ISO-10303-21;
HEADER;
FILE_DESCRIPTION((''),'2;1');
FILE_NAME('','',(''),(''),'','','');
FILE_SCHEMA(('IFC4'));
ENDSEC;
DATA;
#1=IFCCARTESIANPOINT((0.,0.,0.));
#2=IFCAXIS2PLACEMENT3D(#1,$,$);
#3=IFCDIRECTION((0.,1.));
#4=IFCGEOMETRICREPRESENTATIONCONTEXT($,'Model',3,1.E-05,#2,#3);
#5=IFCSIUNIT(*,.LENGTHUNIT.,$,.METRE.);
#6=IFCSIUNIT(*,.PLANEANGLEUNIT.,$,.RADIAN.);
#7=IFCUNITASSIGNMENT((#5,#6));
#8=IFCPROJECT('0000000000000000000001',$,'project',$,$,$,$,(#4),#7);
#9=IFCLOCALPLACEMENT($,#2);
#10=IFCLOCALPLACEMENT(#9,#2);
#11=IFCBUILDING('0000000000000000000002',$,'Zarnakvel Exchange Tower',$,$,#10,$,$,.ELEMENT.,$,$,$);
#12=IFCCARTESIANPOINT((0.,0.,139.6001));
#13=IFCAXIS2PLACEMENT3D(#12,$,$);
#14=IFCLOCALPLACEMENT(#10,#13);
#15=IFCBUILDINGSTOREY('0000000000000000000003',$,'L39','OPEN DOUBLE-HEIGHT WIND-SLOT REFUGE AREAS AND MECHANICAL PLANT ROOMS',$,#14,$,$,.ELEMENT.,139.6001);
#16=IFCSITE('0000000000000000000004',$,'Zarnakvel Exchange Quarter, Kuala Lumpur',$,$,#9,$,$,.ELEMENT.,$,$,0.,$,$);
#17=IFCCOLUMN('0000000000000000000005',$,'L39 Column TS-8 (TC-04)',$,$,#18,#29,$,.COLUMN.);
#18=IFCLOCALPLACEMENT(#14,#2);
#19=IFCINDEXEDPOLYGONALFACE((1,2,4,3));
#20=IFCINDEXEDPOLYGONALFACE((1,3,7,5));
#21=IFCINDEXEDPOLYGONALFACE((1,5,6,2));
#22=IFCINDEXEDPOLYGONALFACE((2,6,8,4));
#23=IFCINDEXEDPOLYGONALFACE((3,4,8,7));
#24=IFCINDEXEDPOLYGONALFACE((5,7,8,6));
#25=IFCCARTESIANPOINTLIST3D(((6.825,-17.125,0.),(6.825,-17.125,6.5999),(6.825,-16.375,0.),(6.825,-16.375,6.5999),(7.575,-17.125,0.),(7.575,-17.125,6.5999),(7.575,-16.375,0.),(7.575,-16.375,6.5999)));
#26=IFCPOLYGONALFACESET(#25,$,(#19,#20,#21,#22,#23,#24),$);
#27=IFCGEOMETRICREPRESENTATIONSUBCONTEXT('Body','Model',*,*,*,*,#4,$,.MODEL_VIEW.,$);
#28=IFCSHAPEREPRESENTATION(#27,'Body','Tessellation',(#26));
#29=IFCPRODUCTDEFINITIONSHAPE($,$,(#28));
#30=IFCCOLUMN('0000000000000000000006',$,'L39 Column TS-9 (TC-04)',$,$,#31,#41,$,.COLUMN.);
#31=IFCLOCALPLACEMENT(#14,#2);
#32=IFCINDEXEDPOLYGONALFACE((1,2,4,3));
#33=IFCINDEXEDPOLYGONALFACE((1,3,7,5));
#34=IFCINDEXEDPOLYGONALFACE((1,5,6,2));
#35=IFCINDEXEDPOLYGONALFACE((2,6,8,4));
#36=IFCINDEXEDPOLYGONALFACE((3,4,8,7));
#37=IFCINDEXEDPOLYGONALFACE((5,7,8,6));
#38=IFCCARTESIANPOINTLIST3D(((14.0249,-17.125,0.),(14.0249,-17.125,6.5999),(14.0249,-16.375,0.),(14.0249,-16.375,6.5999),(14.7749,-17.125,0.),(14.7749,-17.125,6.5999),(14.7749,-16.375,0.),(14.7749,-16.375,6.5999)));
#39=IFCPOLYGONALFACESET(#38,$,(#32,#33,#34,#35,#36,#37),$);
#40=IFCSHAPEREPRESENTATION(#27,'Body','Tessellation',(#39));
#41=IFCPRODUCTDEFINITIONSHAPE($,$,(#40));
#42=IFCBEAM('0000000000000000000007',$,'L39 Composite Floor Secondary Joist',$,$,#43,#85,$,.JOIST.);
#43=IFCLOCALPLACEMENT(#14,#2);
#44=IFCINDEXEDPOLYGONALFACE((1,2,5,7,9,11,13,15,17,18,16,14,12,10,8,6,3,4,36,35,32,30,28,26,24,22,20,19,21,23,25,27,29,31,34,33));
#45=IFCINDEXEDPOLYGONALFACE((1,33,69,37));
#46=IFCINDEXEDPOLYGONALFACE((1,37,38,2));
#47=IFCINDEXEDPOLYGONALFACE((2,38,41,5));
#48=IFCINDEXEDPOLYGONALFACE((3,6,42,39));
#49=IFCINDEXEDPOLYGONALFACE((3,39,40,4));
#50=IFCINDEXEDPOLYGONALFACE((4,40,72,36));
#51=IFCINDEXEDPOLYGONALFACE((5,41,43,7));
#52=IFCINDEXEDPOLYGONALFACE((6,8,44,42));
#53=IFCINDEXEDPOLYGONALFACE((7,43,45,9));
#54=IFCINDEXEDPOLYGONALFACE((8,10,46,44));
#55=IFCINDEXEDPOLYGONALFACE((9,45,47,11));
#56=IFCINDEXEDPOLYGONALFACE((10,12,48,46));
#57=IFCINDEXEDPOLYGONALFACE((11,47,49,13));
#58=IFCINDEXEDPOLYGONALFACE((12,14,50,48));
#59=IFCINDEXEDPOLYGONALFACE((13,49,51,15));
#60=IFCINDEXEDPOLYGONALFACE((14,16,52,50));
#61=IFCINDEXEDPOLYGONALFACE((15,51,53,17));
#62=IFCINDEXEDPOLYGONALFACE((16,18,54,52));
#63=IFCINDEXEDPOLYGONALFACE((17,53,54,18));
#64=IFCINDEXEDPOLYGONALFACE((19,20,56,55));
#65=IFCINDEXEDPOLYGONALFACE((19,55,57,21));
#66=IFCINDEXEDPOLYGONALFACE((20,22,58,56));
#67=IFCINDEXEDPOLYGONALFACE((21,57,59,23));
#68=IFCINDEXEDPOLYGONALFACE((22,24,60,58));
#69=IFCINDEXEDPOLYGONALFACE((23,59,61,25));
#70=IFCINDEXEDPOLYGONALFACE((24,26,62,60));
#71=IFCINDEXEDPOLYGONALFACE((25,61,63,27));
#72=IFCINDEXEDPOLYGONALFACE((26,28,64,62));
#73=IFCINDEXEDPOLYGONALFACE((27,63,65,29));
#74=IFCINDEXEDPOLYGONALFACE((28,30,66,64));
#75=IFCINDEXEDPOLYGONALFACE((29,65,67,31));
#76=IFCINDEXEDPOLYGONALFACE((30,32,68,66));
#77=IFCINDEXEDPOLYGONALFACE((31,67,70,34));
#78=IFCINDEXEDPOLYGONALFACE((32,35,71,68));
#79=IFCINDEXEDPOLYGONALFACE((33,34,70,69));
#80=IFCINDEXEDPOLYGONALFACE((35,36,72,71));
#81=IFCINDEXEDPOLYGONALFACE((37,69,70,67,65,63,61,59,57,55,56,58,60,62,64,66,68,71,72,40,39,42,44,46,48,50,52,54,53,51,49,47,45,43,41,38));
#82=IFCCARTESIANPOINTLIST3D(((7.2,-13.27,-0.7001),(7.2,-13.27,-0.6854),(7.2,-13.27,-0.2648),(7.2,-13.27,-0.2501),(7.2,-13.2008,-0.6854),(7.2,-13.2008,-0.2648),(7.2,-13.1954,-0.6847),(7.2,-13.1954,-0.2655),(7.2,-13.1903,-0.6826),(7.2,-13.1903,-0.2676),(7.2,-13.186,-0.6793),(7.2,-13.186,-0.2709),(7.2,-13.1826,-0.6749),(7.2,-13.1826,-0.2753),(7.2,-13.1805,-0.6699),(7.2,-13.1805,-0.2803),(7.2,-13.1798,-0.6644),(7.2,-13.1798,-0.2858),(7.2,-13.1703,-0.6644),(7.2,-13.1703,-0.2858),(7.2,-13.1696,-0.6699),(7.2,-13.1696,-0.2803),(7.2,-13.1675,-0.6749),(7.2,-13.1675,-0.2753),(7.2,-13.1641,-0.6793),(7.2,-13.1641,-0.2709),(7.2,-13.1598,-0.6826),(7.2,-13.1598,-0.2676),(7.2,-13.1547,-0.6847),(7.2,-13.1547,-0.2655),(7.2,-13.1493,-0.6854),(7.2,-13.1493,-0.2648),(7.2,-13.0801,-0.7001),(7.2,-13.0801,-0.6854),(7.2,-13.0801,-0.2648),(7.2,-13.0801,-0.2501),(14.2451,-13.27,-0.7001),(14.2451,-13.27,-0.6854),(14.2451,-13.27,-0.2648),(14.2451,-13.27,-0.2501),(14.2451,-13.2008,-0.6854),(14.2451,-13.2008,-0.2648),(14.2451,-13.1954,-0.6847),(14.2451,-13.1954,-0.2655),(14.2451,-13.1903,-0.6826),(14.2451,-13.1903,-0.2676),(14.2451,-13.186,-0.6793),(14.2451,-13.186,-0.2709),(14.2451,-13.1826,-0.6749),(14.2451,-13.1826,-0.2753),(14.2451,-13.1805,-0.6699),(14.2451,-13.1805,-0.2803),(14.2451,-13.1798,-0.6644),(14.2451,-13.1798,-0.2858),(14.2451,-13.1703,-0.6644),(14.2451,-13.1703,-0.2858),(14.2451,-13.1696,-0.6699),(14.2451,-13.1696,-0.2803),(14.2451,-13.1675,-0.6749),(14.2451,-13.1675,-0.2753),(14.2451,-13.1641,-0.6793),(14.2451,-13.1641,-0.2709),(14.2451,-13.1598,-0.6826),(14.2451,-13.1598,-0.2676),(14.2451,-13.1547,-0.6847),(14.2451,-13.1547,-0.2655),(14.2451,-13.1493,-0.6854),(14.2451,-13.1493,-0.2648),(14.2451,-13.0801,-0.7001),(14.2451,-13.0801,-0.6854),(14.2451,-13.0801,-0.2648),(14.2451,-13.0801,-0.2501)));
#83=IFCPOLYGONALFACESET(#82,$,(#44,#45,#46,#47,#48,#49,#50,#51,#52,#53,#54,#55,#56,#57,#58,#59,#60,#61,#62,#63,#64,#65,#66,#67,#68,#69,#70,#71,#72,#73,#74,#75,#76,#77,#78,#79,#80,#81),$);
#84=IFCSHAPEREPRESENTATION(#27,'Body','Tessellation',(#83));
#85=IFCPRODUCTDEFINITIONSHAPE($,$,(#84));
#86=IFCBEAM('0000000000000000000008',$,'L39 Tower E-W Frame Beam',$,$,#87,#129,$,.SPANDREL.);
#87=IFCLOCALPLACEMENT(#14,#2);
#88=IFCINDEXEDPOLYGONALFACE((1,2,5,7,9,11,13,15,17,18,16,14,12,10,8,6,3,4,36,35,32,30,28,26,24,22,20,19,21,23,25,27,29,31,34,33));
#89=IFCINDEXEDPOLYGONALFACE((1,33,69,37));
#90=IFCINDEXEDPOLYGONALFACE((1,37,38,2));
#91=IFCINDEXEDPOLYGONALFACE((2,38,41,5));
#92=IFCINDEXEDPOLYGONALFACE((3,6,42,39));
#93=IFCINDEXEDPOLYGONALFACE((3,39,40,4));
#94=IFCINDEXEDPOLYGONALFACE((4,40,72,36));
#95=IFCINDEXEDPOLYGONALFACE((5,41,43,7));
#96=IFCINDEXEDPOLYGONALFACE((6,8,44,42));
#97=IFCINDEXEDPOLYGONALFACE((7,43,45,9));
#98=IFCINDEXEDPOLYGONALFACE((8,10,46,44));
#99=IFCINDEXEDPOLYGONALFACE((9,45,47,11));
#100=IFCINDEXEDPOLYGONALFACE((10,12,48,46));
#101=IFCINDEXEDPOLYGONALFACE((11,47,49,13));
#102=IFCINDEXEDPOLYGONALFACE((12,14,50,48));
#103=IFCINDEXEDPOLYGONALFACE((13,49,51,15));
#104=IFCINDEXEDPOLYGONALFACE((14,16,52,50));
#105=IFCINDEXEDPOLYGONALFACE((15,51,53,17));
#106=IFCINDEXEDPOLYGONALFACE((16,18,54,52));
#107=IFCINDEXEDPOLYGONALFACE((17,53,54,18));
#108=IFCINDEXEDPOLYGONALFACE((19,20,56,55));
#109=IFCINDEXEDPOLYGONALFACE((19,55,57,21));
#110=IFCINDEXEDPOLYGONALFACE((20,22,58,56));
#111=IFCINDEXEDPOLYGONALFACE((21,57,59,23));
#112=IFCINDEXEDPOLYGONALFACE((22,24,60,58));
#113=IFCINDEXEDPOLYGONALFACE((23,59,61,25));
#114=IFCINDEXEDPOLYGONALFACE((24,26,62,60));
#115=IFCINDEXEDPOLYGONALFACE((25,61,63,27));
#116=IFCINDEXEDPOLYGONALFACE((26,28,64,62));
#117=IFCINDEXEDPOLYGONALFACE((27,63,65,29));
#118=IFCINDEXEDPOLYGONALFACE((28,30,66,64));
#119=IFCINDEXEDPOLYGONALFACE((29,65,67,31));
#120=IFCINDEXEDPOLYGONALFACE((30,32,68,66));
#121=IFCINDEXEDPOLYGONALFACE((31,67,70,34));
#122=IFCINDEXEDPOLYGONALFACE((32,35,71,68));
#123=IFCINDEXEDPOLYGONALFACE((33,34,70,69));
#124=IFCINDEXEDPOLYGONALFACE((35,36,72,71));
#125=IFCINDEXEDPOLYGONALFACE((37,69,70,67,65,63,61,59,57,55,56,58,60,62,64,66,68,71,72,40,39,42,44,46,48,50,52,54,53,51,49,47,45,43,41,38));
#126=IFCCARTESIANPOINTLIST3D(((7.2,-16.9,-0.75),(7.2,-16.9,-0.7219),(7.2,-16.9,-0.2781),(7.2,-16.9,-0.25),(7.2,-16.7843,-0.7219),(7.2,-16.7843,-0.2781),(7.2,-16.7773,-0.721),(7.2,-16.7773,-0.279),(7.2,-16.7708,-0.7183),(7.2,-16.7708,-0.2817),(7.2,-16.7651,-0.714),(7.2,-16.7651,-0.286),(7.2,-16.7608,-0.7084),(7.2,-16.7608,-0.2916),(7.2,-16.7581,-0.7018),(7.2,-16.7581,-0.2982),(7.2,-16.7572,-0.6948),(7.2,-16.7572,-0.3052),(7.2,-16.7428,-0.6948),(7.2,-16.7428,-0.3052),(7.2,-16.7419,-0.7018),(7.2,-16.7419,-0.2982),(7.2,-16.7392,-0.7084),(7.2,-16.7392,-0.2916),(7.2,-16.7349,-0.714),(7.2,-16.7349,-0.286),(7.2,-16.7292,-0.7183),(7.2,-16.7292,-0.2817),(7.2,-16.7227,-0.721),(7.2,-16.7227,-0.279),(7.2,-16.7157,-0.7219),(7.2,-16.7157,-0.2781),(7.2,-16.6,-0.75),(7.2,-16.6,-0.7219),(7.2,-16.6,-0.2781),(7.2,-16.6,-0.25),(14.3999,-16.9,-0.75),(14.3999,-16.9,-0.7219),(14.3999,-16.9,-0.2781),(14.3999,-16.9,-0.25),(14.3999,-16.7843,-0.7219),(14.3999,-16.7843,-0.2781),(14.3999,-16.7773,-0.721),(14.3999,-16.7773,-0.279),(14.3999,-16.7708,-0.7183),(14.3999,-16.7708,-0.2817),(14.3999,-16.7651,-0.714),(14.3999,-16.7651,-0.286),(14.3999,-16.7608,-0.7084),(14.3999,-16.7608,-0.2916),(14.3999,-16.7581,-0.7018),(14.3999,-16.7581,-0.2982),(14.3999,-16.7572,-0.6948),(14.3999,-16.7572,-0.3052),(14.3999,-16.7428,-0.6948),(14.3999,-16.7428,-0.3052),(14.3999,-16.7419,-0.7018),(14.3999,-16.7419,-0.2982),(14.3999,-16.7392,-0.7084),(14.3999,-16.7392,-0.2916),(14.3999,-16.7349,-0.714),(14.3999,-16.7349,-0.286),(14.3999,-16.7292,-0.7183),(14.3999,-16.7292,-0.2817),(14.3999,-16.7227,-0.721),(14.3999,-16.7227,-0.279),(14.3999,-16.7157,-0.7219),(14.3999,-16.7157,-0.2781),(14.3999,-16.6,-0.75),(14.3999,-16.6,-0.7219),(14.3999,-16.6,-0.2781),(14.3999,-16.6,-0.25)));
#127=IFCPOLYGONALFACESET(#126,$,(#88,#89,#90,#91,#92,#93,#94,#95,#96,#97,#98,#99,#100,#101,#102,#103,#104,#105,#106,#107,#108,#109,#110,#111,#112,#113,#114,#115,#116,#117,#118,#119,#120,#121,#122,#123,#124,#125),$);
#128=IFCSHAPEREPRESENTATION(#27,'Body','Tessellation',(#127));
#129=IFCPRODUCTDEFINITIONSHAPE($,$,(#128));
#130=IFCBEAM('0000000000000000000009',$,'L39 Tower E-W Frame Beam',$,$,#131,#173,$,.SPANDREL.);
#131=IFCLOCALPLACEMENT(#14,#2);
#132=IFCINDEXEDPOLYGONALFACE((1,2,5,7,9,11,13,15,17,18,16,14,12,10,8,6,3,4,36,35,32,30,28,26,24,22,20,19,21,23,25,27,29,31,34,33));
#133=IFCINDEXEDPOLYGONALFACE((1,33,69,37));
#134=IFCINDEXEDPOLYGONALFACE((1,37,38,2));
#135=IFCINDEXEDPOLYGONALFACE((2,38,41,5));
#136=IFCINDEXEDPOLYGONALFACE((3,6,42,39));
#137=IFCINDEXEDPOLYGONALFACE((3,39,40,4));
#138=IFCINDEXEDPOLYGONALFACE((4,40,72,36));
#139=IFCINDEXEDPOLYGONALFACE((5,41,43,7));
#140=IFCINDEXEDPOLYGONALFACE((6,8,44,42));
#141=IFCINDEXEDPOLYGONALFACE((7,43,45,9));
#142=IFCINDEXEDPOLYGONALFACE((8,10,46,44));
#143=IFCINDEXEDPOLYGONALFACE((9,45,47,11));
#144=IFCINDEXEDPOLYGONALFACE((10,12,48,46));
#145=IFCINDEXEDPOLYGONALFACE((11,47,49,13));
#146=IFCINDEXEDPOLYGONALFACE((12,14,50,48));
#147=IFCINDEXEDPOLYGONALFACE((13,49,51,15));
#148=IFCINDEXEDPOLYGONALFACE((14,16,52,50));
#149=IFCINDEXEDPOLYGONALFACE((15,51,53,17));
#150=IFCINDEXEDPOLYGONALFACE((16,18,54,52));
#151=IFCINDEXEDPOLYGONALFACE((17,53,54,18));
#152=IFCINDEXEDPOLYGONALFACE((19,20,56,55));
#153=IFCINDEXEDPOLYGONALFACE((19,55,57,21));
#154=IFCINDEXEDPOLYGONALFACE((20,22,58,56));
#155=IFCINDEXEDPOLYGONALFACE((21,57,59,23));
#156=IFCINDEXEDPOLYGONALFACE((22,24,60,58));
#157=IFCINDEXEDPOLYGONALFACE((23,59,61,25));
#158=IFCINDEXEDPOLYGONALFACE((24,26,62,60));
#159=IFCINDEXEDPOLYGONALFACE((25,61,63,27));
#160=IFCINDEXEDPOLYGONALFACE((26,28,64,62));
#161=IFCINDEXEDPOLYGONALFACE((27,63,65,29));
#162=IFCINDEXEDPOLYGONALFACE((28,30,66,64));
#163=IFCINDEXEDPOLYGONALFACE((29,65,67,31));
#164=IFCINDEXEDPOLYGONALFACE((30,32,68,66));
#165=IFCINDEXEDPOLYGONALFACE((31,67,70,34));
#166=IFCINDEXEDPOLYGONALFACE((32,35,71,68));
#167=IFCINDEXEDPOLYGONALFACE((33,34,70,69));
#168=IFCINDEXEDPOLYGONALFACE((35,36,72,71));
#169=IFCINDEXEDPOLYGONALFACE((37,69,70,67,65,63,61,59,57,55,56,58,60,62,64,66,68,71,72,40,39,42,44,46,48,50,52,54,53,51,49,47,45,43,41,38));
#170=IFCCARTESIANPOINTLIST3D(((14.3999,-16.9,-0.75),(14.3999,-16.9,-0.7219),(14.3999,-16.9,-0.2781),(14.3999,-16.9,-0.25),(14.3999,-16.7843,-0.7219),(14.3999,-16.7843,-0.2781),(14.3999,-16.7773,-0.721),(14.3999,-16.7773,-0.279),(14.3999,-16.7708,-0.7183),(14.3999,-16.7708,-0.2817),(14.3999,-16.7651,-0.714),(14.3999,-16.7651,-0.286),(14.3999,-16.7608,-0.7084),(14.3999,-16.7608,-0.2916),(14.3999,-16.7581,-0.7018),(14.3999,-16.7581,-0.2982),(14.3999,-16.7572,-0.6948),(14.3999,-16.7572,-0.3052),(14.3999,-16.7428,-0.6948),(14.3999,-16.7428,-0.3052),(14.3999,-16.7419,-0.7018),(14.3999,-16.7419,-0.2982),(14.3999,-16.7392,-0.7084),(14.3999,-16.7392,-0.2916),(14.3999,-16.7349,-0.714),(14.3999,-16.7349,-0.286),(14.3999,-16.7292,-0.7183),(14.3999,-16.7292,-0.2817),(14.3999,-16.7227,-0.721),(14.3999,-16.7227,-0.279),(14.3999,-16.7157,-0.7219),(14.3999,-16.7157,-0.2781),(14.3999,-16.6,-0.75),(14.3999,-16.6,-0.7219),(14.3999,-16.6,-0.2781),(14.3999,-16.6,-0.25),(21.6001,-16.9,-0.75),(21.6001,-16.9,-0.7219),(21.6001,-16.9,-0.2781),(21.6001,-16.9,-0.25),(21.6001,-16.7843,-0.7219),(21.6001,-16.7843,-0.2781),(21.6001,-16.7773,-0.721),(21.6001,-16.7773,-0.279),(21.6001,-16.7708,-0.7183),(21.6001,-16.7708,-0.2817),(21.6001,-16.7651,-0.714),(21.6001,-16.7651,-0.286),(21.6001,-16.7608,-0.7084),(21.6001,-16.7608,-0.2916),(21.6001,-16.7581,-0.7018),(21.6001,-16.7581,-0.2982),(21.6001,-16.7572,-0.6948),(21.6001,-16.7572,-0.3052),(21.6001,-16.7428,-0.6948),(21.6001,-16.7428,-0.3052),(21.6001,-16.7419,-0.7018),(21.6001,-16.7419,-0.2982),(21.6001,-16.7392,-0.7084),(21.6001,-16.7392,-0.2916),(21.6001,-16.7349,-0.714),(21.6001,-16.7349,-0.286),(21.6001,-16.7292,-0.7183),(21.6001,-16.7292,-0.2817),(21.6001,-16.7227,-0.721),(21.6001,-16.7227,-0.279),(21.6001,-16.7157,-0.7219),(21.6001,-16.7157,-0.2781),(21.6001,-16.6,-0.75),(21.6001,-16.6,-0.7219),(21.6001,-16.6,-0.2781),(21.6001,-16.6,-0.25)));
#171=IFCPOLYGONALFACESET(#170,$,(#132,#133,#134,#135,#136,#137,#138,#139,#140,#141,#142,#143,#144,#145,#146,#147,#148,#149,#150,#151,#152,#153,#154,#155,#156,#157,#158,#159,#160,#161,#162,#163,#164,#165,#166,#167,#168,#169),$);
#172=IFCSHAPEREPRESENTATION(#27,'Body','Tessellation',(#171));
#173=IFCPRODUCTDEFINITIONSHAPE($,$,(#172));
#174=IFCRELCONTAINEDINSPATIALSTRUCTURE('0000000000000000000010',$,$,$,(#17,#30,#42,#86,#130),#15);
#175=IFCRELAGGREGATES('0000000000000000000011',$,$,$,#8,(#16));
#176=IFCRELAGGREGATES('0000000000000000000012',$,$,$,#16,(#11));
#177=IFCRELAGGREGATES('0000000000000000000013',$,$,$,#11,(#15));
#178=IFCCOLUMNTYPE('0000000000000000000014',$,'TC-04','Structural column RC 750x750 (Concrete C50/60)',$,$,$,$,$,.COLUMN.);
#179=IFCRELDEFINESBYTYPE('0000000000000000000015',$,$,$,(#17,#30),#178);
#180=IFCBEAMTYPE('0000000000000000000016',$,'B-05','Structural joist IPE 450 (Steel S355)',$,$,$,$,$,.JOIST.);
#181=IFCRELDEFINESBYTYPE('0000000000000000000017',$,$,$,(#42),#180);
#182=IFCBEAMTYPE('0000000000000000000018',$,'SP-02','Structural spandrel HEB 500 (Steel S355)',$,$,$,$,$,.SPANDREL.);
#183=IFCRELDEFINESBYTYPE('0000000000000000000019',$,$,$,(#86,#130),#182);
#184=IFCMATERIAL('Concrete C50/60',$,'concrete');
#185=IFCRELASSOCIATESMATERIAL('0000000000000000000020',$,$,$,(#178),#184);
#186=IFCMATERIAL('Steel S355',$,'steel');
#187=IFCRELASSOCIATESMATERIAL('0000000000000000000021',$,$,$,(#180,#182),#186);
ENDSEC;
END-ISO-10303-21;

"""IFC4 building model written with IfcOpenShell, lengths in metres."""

from ifc_helpers import new_model, si_unit, direction, frame, origin, origin_2d, place, context, subcontext, project, spatial, rectangle, i_section, extrude, material, material_profile, profile_set, type_object, element, save


model = new_model("IFC4")

# Units and contexts
model_context = context("Model", 3, precision=1e-05, world=origin(), true_north=direction((0.0, 1.0)))
body_context = subcontext(model_context, "Body", "Model", "MODEL_VIEW")
ifc_project = project(units=[si_unit("LENGTHUNIT", "METRE"), si_unit("PLANEANGLEUNIT", "RADIAN")], contexts=[model_context])

# Site, building, storey
site_placement = place(None, origin())
site = spatial("IfcSite", under=ifc_project, at=site_placement, Name="Zarnakvel Exchange Quarter, Kuala Lumpur", CompositionType="ELEMENT", RefElevation=0.0)
building_placement = place(site_placement, origin())
building = spatial("IfcBuilding", under=site, at=building_placement, Name="Zarnakvel Exchange Tower", CompositionType="ELEMENT")
storey_placement = place(building_placement, frame((0.0, 0.0, 139.6001)))
storey = spatial("IfcBuildingStorey", under=building, at=storey_placement, Name="L39", Description="OPEN DOUBLE-HEIGHT WIND-SLOT REFUGE AREAS AND MECHANICAL PLANT ROOMS", CompositionType="ELEMENT", Elevation=139.6001)

# Columns
ifc_material_1 = material(Name="Concrete C50/60", Category="concrete")
ifc_material_profile_1 = material_profile(ifc_material_1, rectangle(XDim=0.75, YDim=0.75, at=origin_2d()))
ifc_profile_set_1 = profile_set([ifc_material_profile_1], Name="Concrete C50/60")
column_type = type_object("IfcColumnType", Name="TC-04", Description="Structural column RC 750x750 (Concrete C50/60)", PredefinedType="COLUMN", material=ifc_profile_set_1)
for number, where, z_axis, x_axis, name in (
    (1, (7.2, -16.75, 0.0), (0.0, 0.0, 1.0), (1.0, 0.0, 0.0), "L39 Column TS-8 (TC-04)"),
    (2, (14.3999, -16.75, 0.0), (0.0, 0.0, 1.0), (1.0, 0.0, 0.0), "L39 Column TS-9 (TC-04)"),
):
    element("IfcColumn", number, at=place(storey_placement, frame(where, z_axis=z_axis, x_axis=x_axis)), inside=storey, type_object=column_type, Name=name, PredefinedType="COLUMN", context=body_context, shape_type="SweptSolid", body=[
        extrude(rectangle(XDim=0.75, YDim=0.75, at=origin_2d()), origin(), (0.0, 0.0, 1.0), 6.5999),
    ])

# Beams
ifc_material_2 = material(Name="Steel S355", Category="steel")
ifc_material_profile_2 = material_profile(ifc_material_2, i_section(OverallWidth=0.1899, OverallDepth=0.45, WebThickness=0.0095, FlangeThickness=0.0146, FilletRadius=0.021, at=origin_2d()))
ifc_profile_set_2 = profile_set([ifc_material_profile_2], Name="Steel S355")
beam_type_1 = type_object("IfcBeamType", Name="B-05", Description="Structural joist IPE 450 (Steel S355)", PredefinedType="JOIST", material=ifc_profile_set_2)
beam_1_placement = place(storey_placement, frame((7.2, -13.175, -0.4751), z_axis=(1.0, 0.0, 0.0), x_axis=(0.0, 1.0, 0.0)))
element("IfcBeam", 3, at=beam_1_placement, inside=storey, type_object=beam_type_1, Name="L39 Composite Floor Secondary Joist", PredefinedType="JOIST", context=body_context, shape_type="SweptSolid", body=[
    extrude(i_section(OverallWidth=0.1899, OverallDepth=0.45, WebThickness=0.0095, FlangeThickness=0.0146, FilletRadius=0.021, at=origin_2d()), origin(), (0.0, 0.0, 1.0), 7.0452),
])
ifc_material_profile_3 = material_profile(ifc_material_2, i_section(OverallWidth=0.3, OverallDepth=0.5, WebThickness=0.0144, FlangeThickness=0.0281, FilletRadius=0.0271, at=origin_2d()))
ifc_profile_set_3 = profile_set([ifc_material_profile_3], Name="Steel S355")
beam_type_2 = type_object("IfcBeamType", Name="SP-02", Description="Structural spandrel HEB 500 (Steel S355)", PredefinedType="SPANDREL", material=ifc_profile_set_3)
beam_2_placement = place(storey_placement, frame((7.2, -16.75, -0.5), z_axis=(1.0, 0.0, 0.0), x_axis=(0.0, 1.0, 0.0)))
element("IfcBeam", 4, at=beam_2_placement, inside=storey, type_object=beam_type_2, Name="L39 Tower E-W Frame Beam", PredefinedType="SPANDREL", context=body_context, shape_type="SweptSolid", body=[
    extrude(i_section(OverallWidth=0.3, OverallDepth=0.5, WebThickness=0.0144, FlangeThickness=0.0281, FilletRadius=0.0271, at=origin_2d()), origin(), (0.0, 0.0, 1.0), 7.2),
])
beam_3_placement = place(storey_placement, frame((14.3999, -16.75, -0.5), z_axis=(1.0, 0.0, 0.0), x_axis=(0.0, 1.0, 0.0)))
element("IfcBeam", 5, at=beam_3_placement, inside=storey, type_object=beam_type_2, Name="L39 Tower E-W Frame Beam", PredefinedType="SPANDREL", context=body_context, shape_type="SweptSolid", body=[
    extrude(i_section(OverallWidth=0.3, OverallDepth=0.5, WebThickness=0.0144, FlangeThickness=0.0281, FilletRadius=0.0271, at=origin_2d()), origin(), (0.0, 0.0, 1.0), 7.2002),
])

save(model, "model.ifc")
